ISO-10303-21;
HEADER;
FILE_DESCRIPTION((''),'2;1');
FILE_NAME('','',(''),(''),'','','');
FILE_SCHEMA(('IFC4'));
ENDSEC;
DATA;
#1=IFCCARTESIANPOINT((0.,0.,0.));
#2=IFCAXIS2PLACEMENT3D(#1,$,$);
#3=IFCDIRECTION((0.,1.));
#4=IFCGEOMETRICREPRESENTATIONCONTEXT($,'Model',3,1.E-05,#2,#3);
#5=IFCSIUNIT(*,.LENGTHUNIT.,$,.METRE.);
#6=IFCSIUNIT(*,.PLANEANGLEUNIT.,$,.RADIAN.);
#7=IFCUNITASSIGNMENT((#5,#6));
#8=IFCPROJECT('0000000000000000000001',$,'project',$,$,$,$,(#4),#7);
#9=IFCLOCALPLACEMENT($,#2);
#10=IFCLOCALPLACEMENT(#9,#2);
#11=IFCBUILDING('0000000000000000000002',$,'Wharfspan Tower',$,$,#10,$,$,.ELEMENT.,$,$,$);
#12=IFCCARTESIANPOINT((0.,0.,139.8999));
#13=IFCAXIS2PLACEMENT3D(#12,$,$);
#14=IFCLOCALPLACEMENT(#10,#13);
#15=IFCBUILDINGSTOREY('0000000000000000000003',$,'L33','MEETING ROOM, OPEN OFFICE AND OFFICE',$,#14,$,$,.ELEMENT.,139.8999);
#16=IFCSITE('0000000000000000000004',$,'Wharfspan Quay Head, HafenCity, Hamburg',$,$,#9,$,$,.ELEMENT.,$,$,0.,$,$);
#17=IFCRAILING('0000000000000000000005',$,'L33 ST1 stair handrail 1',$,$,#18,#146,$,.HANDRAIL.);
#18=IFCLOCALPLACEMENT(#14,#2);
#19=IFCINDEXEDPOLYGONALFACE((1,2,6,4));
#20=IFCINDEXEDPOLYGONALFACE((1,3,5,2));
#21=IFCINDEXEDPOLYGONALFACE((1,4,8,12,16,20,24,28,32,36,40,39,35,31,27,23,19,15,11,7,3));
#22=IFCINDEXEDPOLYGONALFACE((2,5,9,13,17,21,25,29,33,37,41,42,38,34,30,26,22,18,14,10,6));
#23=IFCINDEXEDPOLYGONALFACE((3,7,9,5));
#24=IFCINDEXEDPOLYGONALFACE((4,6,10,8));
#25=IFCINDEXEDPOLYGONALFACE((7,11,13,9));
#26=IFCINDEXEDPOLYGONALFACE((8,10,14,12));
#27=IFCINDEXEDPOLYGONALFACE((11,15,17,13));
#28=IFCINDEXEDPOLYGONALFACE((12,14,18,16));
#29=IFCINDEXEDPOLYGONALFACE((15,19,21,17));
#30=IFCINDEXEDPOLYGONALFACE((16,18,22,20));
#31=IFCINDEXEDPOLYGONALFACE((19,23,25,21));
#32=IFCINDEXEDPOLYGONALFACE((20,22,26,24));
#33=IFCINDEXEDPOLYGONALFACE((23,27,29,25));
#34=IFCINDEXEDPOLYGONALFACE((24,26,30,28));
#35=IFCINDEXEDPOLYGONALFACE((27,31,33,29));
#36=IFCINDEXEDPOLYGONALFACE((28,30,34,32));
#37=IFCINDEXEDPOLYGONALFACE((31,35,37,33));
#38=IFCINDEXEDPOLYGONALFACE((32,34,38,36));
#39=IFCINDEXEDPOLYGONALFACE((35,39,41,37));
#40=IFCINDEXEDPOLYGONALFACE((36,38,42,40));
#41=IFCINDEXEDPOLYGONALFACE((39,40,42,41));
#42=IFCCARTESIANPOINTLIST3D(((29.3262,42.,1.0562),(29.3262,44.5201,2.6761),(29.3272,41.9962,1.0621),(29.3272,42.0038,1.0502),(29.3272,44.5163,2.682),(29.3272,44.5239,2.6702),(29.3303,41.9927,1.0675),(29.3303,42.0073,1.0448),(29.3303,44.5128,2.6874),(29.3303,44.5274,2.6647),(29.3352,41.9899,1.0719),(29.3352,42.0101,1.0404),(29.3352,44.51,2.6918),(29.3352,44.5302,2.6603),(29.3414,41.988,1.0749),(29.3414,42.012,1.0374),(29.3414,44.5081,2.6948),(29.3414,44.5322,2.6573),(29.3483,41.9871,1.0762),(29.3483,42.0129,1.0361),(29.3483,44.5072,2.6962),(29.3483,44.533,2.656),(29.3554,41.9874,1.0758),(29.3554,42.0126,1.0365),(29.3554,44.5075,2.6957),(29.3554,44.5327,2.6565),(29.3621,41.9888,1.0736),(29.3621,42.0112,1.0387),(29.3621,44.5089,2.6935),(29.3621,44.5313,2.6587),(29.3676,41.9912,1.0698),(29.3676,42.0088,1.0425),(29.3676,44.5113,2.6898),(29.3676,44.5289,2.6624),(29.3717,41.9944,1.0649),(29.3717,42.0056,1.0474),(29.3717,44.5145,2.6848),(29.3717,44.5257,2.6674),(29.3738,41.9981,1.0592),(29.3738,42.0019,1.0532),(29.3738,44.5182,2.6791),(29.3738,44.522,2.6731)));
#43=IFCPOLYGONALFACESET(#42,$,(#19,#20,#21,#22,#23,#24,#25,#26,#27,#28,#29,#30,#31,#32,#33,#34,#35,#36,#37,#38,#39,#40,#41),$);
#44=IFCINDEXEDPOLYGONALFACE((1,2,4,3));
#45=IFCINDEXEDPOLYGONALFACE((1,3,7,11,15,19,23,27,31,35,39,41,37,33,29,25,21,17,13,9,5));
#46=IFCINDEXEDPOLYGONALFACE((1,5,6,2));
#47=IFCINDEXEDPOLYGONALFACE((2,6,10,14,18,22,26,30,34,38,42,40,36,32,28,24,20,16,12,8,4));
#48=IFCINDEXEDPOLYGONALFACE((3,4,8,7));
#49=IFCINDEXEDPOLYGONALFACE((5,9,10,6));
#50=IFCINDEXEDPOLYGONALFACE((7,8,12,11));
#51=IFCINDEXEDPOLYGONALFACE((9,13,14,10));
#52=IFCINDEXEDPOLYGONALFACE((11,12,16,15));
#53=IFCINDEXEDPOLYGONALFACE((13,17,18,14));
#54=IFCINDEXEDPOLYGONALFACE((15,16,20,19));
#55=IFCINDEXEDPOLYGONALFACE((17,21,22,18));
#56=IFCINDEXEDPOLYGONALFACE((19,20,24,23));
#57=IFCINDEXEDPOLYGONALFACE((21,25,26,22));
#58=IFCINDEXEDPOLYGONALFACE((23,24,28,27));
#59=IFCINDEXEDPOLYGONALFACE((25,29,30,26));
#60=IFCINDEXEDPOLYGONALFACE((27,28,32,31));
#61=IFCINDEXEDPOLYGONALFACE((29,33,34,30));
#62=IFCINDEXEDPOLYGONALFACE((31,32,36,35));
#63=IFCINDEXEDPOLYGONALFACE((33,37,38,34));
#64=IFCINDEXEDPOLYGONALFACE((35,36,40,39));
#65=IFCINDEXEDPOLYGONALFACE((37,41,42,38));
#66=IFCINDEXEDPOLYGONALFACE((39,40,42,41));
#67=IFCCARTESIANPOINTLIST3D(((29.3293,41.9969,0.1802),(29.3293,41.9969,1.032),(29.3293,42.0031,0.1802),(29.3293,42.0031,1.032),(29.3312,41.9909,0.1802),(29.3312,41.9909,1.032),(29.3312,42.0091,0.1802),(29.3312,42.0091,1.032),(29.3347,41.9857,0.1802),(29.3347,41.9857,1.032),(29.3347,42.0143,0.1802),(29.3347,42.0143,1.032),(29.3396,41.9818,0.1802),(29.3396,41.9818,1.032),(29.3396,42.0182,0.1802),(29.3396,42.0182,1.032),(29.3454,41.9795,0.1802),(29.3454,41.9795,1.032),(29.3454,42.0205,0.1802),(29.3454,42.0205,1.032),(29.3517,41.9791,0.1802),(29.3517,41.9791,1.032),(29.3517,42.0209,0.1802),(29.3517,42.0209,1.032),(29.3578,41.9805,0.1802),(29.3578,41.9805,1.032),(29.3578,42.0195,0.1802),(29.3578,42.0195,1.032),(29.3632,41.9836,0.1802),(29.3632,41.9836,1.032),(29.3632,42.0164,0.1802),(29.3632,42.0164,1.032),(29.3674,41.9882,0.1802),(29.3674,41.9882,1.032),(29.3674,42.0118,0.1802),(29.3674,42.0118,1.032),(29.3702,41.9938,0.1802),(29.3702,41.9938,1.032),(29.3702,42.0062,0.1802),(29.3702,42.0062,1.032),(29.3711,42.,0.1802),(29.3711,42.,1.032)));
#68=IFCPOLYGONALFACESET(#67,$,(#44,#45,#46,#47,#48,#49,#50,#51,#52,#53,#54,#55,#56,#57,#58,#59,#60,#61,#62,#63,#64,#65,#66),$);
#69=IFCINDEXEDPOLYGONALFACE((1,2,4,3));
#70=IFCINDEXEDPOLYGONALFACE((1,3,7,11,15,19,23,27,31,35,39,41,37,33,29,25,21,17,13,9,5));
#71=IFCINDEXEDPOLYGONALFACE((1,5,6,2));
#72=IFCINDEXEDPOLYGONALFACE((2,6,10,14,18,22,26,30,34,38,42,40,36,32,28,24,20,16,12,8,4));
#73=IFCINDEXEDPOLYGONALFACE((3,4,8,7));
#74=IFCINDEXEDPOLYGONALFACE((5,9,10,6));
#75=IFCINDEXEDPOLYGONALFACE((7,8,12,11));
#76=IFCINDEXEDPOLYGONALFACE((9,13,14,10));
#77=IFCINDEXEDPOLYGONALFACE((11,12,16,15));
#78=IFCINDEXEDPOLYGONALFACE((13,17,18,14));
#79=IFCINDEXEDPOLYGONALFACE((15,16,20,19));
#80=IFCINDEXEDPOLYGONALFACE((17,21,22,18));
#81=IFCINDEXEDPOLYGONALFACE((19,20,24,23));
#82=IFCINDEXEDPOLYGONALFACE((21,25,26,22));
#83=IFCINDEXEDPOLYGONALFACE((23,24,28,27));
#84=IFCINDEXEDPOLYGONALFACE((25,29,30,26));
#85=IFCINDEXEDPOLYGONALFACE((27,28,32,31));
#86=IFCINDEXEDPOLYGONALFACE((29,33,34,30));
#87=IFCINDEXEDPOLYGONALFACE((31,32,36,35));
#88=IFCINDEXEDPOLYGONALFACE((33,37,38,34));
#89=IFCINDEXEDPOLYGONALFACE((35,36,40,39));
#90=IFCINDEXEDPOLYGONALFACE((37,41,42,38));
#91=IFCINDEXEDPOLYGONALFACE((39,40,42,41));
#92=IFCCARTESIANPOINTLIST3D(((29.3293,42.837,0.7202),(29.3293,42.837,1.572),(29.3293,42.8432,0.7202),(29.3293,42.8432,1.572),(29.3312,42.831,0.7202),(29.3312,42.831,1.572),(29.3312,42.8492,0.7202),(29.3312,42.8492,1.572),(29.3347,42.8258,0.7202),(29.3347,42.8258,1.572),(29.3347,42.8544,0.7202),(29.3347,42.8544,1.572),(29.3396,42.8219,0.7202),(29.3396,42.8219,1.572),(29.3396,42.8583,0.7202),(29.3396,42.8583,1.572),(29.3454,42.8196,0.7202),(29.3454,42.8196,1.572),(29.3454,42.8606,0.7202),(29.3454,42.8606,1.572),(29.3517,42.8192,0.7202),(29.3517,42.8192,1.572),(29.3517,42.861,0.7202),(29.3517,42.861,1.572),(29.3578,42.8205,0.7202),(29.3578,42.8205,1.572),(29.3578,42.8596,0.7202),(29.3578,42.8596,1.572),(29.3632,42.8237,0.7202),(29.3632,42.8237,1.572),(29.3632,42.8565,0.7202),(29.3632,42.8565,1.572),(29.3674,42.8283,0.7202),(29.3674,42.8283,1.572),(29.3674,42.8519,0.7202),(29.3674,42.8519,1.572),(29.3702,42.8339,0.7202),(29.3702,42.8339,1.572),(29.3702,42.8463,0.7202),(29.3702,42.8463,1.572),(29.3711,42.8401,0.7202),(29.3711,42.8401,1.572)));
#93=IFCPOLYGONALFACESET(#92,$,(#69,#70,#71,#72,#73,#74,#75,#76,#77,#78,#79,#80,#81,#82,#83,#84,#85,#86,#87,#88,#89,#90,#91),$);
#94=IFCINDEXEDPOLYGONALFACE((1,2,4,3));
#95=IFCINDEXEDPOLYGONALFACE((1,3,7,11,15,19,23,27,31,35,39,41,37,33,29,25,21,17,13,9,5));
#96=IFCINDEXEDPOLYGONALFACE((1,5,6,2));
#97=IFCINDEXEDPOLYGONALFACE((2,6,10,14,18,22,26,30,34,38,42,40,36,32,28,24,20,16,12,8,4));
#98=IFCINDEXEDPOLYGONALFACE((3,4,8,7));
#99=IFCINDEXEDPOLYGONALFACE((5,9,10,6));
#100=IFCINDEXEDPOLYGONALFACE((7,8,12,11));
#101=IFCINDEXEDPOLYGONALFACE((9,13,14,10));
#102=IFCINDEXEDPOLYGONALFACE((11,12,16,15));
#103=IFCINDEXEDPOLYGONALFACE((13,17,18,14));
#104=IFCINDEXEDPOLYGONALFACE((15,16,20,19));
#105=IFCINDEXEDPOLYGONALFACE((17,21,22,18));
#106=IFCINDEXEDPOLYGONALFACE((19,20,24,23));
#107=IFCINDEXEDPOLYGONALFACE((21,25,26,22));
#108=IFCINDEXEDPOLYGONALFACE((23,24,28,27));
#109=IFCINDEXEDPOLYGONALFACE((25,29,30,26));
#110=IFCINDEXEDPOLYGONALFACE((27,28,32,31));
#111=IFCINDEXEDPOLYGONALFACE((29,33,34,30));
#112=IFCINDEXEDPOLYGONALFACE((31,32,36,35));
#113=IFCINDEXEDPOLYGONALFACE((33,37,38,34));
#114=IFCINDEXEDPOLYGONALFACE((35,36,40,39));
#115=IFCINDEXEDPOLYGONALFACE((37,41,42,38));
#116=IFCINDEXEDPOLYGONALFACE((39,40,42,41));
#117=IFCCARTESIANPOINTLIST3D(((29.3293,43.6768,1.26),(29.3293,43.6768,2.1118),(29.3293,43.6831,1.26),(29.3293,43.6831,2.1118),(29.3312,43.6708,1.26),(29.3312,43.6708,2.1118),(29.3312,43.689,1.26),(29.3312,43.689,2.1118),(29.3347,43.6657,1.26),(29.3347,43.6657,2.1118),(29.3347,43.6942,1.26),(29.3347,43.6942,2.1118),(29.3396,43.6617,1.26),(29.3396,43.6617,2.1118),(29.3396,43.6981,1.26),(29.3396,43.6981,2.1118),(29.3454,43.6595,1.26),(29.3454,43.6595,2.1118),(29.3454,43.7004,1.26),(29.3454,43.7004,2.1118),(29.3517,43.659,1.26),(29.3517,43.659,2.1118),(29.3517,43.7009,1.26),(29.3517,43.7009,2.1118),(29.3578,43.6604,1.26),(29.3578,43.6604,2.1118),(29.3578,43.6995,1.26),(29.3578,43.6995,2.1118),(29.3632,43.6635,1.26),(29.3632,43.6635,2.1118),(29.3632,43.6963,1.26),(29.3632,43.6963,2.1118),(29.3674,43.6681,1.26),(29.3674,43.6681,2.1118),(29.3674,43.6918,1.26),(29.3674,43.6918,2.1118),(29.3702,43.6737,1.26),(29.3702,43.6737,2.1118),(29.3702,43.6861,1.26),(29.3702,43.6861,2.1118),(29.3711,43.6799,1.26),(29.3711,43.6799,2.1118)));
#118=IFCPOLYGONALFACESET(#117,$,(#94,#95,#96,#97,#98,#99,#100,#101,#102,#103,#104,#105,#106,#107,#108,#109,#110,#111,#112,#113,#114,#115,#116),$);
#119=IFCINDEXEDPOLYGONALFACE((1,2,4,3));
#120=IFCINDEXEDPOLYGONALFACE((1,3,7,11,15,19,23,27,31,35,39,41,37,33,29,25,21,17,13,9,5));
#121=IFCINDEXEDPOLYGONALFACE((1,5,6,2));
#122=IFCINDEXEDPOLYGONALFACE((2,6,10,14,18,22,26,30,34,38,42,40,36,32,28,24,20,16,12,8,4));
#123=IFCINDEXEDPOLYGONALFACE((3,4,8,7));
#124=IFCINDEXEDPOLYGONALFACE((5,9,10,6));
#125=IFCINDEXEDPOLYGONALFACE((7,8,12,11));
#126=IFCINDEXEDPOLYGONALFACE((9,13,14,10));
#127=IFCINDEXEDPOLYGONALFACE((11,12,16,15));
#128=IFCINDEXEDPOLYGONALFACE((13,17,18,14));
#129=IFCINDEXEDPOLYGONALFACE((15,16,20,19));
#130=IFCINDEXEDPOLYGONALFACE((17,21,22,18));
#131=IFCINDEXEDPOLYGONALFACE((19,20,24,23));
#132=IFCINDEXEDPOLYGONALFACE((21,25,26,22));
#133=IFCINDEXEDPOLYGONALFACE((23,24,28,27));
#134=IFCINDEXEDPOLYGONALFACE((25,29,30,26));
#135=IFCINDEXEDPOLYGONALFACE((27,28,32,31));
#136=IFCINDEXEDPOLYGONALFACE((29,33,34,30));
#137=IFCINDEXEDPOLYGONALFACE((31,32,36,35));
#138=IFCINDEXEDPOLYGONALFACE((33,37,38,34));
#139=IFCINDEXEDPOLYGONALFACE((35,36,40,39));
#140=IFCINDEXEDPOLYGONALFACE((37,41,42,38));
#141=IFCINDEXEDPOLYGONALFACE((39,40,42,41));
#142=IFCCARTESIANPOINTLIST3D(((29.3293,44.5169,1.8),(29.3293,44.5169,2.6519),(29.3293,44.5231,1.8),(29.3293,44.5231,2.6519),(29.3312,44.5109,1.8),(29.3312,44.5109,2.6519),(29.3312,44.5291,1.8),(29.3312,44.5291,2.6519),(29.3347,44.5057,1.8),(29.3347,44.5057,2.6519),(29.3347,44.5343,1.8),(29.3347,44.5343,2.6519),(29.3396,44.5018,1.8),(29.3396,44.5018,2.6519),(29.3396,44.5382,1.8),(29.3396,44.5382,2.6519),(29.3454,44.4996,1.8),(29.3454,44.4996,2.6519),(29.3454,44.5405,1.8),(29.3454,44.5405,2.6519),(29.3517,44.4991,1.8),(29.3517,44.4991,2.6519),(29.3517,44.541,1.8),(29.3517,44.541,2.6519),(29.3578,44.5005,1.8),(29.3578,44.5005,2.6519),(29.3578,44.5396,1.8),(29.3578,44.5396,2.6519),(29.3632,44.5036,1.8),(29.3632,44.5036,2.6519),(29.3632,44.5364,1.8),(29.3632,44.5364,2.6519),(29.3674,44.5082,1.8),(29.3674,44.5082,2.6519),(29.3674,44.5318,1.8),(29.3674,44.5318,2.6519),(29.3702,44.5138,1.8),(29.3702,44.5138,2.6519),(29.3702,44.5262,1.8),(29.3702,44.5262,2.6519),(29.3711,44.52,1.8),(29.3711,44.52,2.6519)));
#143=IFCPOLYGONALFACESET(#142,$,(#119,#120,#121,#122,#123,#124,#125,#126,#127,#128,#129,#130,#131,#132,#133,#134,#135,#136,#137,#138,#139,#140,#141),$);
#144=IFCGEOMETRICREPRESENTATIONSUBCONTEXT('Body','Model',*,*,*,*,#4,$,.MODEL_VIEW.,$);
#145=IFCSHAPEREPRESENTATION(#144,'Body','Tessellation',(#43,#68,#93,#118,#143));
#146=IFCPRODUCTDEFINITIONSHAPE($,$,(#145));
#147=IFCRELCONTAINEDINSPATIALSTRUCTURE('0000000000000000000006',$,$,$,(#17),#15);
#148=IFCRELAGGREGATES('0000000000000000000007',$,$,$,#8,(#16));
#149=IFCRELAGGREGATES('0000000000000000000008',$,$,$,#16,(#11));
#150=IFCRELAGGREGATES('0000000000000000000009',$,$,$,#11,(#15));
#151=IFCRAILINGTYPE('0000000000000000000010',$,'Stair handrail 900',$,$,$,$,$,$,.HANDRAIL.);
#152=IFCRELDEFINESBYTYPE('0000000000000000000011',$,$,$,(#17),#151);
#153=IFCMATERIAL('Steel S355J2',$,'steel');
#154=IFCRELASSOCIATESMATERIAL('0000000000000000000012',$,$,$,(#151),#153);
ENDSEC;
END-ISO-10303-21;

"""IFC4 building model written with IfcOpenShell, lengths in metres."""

from ifc_helpers import new_model, si_unit, direction, frame, origin, origin_2d, place, context, subcontext, project, spatial, circle, extrude, material, type_object, element, save


model = new_model("IFC4")

# Units and contexts
model_context = context("Model", 3, precision=1e-05, world=origin(), true_north=direction((0.0, 1.0)))
body_context = subcontext(model_context, "Body", "Model", "MODEL_VIEW")
ifc_project = project(units=[si_unit("LENGTHUNIT", "METRE"), si_unit("PLANEANGLEUNIT", "RADIAN")], contexts=[model_context])

# Site, building, storey
site_placement = place(None, origin())
site = spatial("IfcSite", under=ifc_project, at=site_placement, Name="Wharfspan Quay Head, HafenCity, Hamburg", CompositionType="ELEMENT", RefElevation=0.0)
building_placement = place(site_placement, origin())
building = spatial("IfcBuilding", under=site, at=building_placement, Name="Wharfspan Tower", CompositionType="ELEMENT")
storey_placement = place(building_placement, frame((0.0, 0.0, 139.8999)))
storey = spatial("IfcBuildingStorey", under=building, at=storey_placement, Name="L33", Description="MEETING ROOM, OPEN OFFICE AND OFFICE", CompositionType="ELEMENT", Elevation=139.8999)

# Shared definitions
ifc_material_1 = material(Name="Steel S355J2", Category="steel")

# Railing
railing_type_1 = type_object("IfcRailingType", Name="Stair handrail 900", PredefinedType="HANDRAIL", material=ifc_material_1)
railing_1_placement = place(storey_placement, frame((29.3501, 42.0, 0.1802)))
element("IfcRailing", 1, at=railing_1_placement, inside=storey, type_object=railing_type_1, Name="L33 ST1 stair handrail 1", PredefinedType="HANDRAIL", context=body_context, shape_type="SweptSolid", body=[
    extrude(circle(Radius=0.0239, at=origin_2d()), frame((0.0, 0.0, 0.876), z_axis=(0.0, 0.8412, 0.540725), x_axis=(-1.0, 0.0, 0.0)), (0.0, 0.0, 1.0), 2.9958),
    extrude(circle(Radius=0.021, at=origin_2d()), origin(), (0.0, 0.0, 1.0), 0.8518),
    extrude(circle(Radius=0.021, at=origin_2d()), frame((0.0, 0.8401, 0.54)), (0.0, 0.0, 1.0), 0.8518),
    extrude(circle(Radius=0.021, at=origin_2d()), frame((0.0, 1.6799, 1.0798)), (0.0, 0.0, 1.0), 0.8518),
    extrude(circle(Radius=0.021, at=origin_2d()), frame((0.0, 2.52, 1.6199)), (0.0, 0.0, 1.0), 0.8518),
])

save(model, "model.ifc")
